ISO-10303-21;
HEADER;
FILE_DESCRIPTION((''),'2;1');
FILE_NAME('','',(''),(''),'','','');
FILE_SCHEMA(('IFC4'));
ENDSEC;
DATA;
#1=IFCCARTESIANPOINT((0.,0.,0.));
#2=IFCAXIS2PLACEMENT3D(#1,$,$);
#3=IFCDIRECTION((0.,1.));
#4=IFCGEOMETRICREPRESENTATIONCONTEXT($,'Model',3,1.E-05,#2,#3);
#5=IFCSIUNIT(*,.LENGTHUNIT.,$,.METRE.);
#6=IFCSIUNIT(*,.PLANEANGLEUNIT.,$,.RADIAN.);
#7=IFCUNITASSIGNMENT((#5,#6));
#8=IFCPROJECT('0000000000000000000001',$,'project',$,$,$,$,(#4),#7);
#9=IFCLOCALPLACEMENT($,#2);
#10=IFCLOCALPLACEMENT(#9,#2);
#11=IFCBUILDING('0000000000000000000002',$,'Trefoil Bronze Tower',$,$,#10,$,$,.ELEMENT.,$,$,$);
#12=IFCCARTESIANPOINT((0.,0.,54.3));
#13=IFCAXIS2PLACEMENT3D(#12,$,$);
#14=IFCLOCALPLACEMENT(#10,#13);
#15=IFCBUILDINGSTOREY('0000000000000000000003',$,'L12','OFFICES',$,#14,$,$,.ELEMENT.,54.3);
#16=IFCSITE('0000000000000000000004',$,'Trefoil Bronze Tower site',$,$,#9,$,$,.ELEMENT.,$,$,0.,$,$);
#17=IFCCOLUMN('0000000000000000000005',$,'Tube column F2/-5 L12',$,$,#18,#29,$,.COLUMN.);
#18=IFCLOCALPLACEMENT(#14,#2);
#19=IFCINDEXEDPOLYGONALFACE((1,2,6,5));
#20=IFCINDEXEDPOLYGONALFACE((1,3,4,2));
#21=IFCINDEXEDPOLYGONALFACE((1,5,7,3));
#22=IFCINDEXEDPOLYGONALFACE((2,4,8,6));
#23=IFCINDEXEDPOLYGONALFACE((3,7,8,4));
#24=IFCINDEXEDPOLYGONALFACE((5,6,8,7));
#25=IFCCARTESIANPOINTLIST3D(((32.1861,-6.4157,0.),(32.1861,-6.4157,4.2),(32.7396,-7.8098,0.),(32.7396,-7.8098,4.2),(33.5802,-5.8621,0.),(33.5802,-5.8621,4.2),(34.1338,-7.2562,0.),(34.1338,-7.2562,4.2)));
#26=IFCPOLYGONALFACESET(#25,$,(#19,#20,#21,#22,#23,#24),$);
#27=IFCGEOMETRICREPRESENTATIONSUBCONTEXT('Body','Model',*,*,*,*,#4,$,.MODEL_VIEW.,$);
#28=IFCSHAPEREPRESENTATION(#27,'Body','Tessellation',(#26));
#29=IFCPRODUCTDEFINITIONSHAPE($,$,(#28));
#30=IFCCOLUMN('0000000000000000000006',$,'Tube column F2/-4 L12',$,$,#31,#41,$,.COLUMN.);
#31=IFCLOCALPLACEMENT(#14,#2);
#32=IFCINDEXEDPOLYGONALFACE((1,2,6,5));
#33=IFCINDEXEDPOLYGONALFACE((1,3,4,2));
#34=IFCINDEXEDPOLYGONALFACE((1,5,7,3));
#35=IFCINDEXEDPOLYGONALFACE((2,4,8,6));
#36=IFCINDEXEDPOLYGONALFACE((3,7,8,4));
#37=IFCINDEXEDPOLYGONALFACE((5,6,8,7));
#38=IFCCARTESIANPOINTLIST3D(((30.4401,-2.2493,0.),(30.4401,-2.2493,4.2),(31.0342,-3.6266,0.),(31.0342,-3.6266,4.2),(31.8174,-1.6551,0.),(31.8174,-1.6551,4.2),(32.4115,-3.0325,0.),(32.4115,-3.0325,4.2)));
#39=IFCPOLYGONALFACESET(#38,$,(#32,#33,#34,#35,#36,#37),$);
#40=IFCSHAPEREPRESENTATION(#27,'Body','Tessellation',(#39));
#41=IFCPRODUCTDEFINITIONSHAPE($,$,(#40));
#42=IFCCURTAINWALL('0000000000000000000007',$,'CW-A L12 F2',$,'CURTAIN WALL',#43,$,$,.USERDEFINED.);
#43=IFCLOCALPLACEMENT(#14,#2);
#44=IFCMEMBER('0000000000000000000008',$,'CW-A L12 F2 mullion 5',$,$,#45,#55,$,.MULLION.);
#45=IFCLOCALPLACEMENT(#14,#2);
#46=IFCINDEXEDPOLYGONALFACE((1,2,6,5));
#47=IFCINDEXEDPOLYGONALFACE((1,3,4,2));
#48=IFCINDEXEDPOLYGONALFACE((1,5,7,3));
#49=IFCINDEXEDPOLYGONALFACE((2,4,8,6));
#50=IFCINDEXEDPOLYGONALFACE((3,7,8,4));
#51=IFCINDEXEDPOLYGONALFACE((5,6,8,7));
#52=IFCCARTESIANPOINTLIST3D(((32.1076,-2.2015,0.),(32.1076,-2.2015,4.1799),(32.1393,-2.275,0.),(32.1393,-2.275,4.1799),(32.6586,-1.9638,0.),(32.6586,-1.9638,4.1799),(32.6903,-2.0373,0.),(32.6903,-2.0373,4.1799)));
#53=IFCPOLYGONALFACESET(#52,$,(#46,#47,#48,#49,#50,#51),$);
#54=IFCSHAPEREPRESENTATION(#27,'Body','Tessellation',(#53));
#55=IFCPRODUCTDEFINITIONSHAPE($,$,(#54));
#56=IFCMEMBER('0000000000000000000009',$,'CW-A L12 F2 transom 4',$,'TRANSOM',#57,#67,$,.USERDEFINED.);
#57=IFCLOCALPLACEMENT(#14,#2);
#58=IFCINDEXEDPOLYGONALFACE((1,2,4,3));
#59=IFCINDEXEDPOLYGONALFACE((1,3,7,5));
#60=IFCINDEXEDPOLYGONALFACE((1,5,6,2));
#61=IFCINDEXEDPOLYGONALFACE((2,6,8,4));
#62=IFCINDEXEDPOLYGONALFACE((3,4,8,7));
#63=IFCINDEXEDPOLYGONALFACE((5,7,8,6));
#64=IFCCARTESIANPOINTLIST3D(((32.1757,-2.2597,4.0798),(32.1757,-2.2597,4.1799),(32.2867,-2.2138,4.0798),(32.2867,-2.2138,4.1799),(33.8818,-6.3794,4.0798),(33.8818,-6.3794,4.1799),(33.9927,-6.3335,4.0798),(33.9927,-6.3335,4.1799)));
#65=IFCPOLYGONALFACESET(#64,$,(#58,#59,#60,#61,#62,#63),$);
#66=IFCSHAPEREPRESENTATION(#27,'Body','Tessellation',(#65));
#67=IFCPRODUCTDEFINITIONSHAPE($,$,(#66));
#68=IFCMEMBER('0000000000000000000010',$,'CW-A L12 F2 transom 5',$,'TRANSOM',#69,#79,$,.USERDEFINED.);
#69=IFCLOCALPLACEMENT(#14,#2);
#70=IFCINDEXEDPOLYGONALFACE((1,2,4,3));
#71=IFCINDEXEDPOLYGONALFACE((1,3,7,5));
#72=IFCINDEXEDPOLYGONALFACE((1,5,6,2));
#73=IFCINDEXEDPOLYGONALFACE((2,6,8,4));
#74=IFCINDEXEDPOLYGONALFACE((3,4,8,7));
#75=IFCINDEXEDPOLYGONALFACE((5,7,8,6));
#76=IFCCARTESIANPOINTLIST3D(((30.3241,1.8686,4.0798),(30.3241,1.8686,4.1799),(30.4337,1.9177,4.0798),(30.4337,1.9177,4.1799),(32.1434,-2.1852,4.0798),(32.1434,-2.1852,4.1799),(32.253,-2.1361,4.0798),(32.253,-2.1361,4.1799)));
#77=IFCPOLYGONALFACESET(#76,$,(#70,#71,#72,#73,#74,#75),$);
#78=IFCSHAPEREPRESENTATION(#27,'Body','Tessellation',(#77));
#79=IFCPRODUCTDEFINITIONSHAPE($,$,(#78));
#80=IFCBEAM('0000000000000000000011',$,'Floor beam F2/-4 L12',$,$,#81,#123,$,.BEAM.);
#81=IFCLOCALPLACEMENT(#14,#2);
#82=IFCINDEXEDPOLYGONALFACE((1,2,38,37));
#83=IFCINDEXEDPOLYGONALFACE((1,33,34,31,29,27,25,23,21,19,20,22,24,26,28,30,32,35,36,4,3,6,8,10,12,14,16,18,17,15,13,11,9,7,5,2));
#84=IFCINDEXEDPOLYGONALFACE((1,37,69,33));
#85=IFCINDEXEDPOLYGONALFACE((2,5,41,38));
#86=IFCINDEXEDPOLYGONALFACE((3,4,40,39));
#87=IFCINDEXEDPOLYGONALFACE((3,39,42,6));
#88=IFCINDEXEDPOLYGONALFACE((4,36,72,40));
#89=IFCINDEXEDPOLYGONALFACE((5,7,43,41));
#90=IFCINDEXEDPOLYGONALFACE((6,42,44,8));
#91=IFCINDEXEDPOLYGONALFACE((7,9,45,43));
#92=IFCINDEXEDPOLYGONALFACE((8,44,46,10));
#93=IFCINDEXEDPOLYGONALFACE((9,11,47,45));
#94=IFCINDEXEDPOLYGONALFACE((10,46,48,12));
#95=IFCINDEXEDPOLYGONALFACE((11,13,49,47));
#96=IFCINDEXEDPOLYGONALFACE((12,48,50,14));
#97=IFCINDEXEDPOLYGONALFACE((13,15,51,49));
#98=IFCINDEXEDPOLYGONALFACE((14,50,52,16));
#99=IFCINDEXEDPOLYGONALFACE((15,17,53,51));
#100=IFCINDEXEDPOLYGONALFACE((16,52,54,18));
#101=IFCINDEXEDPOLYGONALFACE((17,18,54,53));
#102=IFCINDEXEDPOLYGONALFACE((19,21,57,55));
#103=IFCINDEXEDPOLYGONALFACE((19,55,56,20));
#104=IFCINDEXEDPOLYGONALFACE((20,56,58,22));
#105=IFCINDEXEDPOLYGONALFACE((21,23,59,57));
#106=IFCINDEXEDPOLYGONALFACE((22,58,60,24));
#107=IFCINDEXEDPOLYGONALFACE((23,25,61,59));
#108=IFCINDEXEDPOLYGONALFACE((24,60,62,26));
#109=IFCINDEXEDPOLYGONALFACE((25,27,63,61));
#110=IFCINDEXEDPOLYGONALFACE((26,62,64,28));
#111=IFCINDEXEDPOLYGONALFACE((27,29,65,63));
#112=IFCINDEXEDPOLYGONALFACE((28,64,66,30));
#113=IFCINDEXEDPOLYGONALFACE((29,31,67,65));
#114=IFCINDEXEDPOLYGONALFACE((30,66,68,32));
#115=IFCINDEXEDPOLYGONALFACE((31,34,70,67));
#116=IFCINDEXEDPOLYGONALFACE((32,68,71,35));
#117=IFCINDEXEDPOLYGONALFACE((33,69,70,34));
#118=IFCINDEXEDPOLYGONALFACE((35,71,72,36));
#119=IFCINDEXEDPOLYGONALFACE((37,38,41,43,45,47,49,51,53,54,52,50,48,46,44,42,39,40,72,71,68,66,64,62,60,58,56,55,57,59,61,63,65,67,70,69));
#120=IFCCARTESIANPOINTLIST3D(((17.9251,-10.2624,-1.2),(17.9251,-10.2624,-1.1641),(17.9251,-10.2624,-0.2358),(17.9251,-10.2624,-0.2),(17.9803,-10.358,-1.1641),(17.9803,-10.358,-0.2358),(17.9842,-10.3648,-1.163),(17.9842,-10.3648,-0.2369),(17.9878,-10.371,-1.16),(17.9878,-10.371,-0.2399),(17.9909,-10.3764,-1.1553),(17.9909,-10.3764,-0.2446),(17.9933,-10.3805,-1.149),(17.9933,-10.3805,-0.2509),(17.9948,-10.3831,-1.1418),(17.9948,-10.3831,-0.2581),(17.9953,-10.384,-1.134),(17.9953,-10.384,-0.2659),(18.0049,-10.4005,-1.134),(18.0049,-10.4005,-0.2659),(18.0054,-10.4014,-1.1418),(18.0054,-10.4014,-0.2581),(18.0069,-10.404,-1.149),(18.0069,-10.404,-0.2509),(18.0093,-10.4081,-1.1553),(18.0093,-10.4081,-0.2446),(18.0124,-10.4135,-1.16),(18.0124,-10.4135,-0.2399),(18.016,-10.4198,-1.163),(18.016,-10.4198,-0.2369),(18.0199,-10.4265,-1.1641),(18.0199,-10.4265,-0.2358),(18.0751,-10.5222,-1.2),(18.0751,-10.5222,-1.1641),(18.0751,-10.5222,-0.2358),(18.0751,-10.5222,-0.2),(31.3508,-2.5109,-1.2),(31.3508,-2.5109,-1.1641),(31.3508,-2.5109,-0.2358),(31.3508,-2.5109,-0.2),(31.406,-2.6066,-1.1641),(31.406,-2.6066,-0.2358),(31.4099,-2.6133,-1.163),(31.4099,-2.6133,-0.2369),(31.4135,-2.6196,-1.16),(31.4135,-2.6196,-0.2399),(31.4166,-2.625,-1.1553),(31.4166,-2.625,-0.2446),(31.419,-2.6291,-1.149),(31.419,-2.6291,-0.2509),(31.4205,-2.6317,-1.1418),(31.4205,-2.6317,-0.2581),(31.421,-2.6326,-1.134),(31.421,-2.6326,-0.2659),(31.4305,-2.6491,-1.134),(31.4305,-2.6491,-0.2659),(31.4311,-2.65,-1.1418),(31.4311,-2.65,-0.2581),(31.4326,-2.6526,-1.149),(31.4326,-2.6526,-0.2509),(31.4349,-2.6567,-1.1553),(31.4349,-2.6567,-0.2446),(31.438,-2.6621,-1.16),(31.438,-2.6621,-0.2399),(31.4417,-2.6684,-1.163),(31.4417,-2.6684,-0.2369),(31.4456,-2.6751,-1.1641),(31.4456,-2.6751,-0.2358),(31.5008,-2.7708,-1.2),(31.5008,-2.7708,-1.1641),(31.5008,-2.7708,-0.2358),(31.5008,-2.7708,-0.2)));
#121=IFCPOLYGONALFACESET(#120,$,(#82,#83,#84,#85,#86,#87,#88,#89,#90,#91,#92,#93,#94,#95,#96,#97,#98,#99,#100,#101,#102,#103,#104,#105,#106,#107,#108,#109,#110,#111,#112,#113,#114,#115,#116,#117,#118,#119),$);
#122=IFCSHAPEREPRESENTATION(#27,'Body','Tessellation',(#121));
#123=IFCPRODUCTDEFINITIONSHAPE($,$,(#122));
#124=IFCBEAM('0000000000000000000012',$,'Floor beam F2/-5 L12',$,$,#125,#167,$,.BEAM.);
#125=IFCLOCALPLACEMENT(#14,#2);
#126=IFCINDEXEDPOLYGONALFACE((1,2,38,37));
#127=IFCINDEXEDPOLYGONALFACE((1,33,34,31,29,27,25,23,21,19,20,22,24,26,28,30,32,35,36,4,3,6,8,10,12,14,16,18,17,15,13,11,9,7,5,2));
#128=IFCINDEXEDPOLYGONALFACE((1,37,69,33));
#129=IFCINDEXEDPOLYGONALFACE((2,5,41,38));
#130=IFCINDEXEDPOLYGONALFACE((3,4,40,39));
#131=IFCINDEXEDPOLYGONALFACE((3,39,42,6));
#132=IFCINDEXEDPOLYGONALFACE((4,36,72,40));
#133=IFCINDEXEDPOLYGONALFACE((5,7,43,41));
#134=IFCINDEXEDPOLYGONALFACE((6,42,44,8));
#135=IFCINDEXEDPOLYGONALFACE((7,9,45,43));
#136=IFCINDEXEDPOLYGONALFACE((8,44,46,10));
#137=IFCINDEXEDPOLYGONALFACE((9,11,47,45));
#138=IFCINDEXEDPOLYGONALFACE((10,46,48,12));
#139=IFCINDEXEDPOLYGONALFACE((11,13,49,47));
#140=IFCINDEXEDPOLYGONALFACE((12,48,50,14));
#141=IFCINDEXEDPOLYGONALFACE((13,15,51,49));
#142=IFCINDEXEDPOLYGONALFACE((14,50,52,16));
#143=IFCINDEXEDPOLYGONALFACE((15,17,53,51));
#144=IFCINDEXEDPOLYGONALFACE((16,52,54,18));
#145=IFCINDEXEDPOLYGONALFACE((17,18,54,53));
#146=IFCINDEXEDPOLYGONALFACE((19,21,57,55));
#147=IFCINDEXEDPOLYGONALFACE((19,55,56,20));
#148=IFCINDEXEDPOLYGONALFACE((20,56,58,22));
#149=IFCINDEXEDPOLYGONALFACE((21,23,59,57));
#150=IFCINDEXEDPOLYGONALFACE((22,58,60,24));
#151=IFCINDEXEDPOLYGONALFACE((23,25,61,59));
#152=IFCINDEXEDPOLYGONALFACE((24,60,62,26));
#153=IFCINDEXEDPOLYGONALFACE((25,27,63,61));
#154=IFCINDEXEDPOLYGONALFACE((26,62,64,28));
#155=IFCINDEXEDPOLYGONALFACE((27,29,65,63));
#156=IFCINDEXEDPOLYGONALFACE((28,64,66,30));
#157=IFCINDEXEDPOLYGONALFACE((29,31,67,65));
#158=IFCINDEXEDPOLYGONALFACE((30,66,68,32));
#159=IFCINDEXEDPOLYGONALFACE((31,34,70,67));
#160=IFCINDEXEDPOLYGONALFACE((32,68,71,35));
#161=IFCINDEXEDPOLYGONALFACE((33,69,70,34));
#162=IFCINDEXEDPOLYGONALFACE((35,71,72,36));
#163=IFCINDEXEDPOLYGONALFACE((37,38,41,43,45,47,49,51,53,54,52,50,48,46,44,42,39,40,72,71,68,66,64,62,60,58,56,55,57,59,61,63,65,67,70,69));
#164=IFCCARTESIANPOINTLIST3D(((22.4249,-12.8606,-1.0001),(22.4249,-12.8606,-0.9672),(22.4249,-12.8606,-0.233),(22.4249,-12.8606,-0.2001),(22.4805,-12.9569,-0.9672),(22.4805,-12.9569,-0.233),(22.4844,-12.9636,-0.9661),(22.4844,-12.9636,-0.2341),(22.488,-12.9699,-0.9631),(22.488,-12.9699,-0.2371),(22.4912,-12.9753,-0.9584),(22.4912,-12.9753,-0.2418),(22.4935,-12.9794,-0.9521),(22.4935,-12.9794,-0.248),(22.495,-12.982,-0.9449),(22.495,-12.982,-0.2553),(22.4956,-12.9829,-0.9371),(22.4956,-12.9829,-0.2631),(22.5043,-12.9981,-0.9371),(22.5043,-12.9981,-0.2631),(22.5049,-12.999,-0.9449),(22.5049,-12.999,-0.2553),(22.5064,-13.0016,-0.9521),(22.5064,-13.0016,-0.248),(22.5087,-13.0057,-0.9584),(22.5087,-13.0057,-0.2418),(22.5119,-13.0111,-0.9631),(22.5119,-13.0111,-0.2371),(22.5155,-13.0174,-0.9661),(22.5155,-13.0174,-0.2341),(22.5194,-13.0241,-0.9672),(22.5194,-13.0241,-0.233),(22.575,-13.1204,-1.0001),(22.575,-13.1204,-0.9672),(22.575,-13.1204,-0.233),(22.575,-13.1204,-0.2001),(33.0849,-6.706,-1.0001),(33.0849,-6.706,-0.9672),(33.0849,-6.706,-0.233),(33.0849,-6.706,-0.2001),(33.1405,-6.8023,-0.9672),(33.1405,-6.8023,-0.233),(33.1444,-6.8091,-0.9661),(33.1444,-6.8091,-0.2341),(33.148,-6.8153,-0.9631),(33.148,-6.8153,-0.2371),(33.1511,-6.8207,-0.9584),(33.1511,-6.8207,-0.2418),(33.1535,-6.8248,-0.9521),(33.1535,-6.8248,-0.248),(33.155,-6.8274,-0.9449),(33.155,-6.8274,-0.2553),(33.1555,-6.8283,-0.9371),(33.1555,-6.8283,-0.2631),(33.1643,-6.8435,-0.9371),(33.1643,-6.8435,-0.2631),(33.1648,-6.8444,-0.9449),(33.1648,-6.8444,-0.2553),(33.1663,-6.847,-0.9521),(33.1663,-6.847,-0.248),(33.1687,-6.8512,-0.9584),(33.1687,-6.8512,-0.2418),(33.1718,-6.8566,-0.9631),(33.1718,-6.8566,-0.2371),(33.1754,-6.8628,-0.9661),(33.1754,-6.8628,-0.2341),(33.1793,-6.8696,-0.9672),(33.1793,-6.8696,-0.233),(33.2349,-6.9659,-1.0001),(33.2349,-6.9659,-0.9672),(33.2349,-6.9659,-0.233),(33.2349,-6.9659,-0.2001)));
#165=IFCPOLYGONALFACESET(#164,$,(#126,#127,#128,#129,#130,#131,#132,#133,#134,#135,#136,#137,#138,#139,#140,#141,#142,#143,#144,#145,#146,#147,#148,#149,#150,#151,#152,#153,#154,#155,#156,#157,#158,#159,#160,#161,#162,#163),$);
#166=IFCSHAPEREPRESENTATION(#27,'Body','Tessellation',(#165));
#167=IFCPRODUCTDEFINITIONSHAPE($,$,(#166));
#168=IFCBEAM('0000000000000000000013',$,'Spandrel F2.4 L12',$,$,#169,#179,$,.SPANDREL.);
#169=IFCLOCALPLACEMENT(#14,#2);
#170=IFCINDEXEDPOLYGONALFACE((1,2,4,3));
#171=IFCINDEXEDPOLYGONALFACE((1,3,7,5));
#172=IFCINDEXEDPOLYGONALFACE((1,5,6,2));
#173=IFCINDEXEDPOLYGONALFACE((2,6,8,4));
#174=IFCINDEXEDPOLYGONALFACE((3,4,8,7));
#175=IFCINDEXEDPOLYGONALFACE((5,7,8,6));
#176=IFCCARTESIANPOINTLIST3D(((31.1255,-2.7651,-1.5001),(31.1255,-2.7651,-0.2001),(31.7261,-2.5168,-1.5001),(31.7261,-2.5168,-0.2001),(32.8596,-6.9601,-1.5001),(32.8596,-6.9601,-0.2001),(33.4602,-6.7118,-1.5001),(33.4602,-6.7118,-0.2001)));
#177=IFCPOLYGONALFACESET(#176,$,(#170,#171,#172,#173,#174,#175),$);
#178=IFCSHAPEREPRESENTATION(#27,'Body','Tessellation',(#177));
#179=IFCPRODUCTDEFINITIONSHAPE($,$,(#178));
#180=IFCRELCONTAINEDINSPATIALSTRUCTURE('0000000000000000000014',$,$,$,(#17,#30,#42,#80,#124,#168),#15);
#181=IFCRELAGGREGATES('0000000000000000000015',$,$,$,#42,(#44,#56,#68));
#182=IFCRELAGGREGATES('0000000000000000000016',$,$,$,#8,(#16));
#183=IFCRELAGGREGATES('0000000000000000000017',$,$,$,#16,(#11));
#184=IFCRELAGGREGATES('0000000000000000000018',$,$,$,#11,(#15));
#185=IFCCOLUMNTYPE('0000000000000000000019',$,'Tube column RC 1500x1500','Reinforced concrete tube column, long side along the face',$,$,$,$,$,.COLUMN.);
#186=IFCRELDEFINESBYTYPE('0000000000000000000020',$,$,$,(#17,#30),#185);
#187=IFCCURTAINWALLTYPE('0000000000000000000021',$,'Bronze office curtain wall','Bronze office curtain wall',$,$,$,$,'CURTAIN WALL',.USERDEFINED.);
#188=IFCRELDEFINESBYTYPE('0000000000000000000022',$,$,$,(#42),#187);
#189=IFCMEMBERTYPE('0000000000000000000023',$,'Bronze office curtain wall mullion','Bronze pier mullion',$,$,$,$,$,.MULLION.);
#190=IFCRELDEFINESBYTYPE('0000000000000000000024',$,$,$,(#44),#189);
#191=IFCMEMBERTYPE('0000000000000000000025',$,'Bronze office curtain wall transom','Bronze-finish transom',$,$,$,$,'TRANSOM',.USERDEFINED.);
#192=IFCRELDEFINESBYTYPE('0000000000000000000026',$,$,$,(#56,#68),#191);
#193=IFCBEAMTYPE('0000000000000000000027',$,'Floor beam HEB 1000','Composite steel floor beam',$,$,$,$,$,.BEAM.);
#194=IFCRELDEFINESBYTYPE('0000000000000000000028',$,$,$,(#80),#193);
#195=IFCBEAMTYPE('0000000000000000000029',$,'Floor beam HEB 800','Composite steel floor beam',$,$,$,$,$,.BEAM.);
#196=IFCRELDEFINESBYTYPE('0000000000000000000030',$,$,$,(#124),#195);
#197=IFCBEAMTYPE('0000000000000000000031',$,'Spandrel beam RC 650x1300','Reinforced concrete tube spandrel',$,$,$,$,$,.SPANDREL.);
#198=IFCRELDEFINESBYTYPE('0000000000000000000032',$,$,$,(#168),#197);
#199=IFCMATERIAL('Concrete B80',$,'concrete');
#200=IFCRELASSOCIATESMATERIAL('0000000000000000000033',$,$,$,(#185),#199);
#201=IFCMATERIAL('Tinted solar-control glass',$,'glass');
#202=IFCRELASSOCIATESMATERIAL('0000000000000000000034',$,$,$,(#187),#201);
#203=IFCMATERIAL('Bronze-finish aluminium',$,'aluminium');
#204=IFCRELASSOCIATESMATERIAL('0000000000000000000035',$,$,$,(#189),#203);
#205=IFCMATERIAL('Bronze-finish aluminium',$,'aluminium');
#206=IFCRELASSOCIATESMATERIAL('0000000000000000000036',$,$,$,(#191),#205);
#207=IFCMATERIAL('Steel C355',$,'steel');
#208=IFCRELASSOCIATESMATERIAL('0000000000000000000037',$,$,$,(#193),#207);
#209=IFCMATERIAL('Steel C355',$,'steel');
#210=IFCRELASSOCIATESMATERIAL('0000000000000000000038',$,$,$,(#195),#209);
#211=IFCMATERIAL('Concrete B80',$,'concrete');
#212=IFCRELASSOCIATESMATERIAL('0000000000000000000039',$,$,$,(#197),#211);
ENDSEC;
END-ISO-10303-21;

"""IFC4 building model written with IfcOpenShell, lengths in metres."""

from ifc_helpers import new_model, si_unit, direction, frame, origin, origin_2d, place, context, subcontext, project, spatial, rectangle, i_section, extrude, material, material_profile, profile_set, type_object, element, aggregate, save


model = new_model("IFC4")

# Units and contexts
model_context = context("Model", 3, precision=1e-05, world=origin(), true_north=direction((0.0, 1.0)))
body_context = subcontext(model_context, "Body", "Model", "MODEL_VIEW")
ifc_project = project(units=[si_unit("LENGTHUNIT", "METRE"), si_unit("PLANEANGLEUNIT", "RADIAN")], contexts=[model_context])

# Site, building, storey
site_placement = place(None, origin())
site = spatial("IfcSite", under=ifc_project, at=site_placement, Name="Trefoil Bronze Tower site", CompositionType="ELEMENT", RefElevation=0.0)
building_placement = place(site_placement, origin())
building = spatial("IfcBuilding", under=site, at=building_placement, Name="Trefoil Bronze Tower", CompositionType="ELEMENT")
storey_placement = place(building_placement, frame((0.0, 0.0, 54.3)))
storey = spatial("IfcBuildingStorey", under=building, at=storey_placement, Name="L12", Description="OFFICES", CompositionType="ELEMENT", Elevation=54.3)

# Columns
ifc_material_1 = material(Name="Concrete B80", Category="concrete")
ifc_material_profile_1 = material_profile(ifc_material_1, rectangle(XDim=1.5, YDim=1.5, at=origin_2d()), Name="RC 1500x1500")
ifc_profile_set_1 = profile_set([ifc_material_profile_1], Name="Concrete B80")
column_type = type_object("IfcColumnType", Name="Tube column RC 1500x1500", Description="Reinforced concrete tube column, long side along the face", PredefinedType="COLUMN", material=ifc_profile_set_1)
for number, where, z_axis, x_axis, name in (
    (1, (33.1599, -6.8359, 0.0), (0.0, 0.0, 1.0), (-0.36904, 0.929414, 0.0), "Tube column F2/-5 L12"),
    (2, (31.4258, -2.6409, 0.0), (0.0, 0.0, 1.0), (-0.396085, 0.918214, 0.0), "Tube column F2/-4 L12"),
):
    element("IfcColumn", number, at=place(storey_placement, frame(where, z_axis=z_axis, x_axis=x_axis)), inside=storey, type_object=column_type, Name=name, PredefinedType="COLUMN", context=body_context, shape_type="SweptSolid", body=[
        extrude(rectangle(XDim=1.5, YDim=1.5, at=origin_2d()), origin(), (0.0, 0.0, 1.0), 4.2),
    ])

# Curtain wall, members
ifc_material_2 = material(Name="Tinted solar-control glass", Category="glass")
curtain_wall_type = type_object("IfcCurtainWallType", Name="Bronze office curtain wall", Description="Bronze office curtain wall", ElementType="CURTAIN WALL", PredefinedType="USERDEFINED", material=ifc_material_2)
curtain_wall_placement = place(storey_placement, origin())
curtain_wall = element("IfcCurtainWall", 3, at=curtain_wall_placement, inside=storey, type_object=curtain_wall_type, Name="CW-A L12 F2", ObjectType="CURTAIN WALL", PredefinedType="USERDEFINED")
ifc_material_3 = material(Name="Bronze-finish aluminium", Category="aluminium")
ifc_material_profile_2 = material_profile(ifc_material_3, rectangle(XDim=0.6001, YDim=0.0801, at=origin_2d()), Name="CW-A mullion")
ifc_profile_set_2 = profile_set([ifc_material_profile_2], Name="Bronze-finish aluminium")
member_type_1 = type_object("IfcMemberType", Name="Bronze office curtain wall mullion", Description="Bronze pier mullion", PredefinedType="MULLION", material=ifc_profile_set_2)
member_1_placement = place(storey_placement, frame((32.3989, -2.1194, 0.0), z_axis=(0.0, 0.0, 1.0), x_axis=(-0.918214, -0.396085, 0.0)))
member_1 = element("IfcMember", 4, at=member_1_placement, type_object=member_type_1, Name="CW-A L12 F2 mullion 5", PredefinedType="MULLION", context=body_context, shape_type="SweptSolid", body=[
    extrude(rectangle(XDim=0.6001, YDim=0.0801, at=origin_2d()), origin(), (0.0, 0.0, 1.0), 4.1799),
])
ifc_material_4 = material(Name="Bronze-finish aluminium", Category="aluminium")
ifc_material_profile_3 = material_profile(ifc_material_4, rectangle(XDim=0.1201, YDim=0.1001, at=origin_2d()), Name="CW-A transom")
ifc_profile_set_3 = profile_set([ifc_material_profile_3], Name="Bronze-finish aluminium")
member_type_2 = type_object("IfcMemberType", Name="Bronze office curtain wall transom", Description="Bronze-finish transom", ElementType="TRANSOM", PredefinedType="USERDEFINED", material=ifc_profile_set_3)
member_2_placement = place(storey_placement, frame((33.9373, -6.3564, 4.1299), z_axis=(-0.382616, 0.923907, 0.0), x_axis=(-0.923907, -0.382616, 0.0)))
member_2 = element("IfcMember", 5, at=member_2_placement, type_object=member_type_2, Name="CW-A L12 F2 transom 4", ObjectType="TRANSOM", PredefinedType="USERDEFINED", context=body_context, shape_type="SweptSolid", body=[
    extrude(rectangle(XDim=0.1201, YDim=0.1001, at=origin_2d()), origin(), (0.0, 0.0, 1.0), 4.459),
])
member_3_placement = place(storey_placement, frame((32.1982, -2.1606, 4.1299), z_axis=(-0.40946, 0.912328, 0.0), x_axis=(-0.912328, -0.40946, 0.0)))
member_3 = element("IfcMember", 6, at=member_3_placement, type_object=member_type_2, Name="CW-A L12 F2 transom 5", ObjectType="TRANSOM", PredefinedType="USERDEFINED", context=body_context, shape_type="SweptSolid", body=[
    extrude(rectangle(XDim=0.1201, YDim=0.1001, at=origin_2d()), origin(), (0.0, 0.0, 1.0), 4.4434),
])

# Beams
ifc_material_5 = material(Name="Steel C355", Category="steel")
ifc_material_profile_4 = material_profile(ifc_material_5, i_section(OverallWidth=0.3, OverallDepth=1.0, WebThickness=0.019, FlangeThickness=0.0359, FilletRadius=0.03, at=origin_2d()), Name="HEB 1000")
ifc_profile_set_4 = profile_set([ifc_material_profile_4], Name="Steel C355")
beam_type_1 = type_object("IfcBeamType", Name="Floor beam HEB 1000", Description="Composite steel floor beam", PredefinedType="BEAM", material=ifc_profile_set_4)
beam_1_placement = place(storey_placement, frame((31.4258, -2.6409, -0.7), z_axis=(-0.866023, -0.500004, 0.0), x_axis=(0.500004, -0.866023, 0.0)))
element("IfcBeam", 7, at=beam_1_placement, inside=storey, type_object=beam_type_1, Name="Floor beam F2/-4 L12", PredefinedType="BEAM", context=body_context, shape_type="SweptSolid", body=[
    extrude(i_section(OverallWidth=0.3, OverallDepth=1.0, WebThickness=0.019, FlangeThickness=0.0359, FilletRadius=0.03, at=origin_2d()), origin(), (0.0, 0.0, 1.0), 15.5027),
])
ifc_material_6 = material(Name="Steel C355", Category="steel")
ifc_material_profile_5 = material_profile(ifc_material_6, i_section(OverallWidth=0.3, OverallDepth=0.8, WebThickness=0.0176, FlangeThickness=0.033, FilletRadius=0.03, at=origin_2d()), Name="HEB 800")
ifc_profile_set_5 = profile_set([ifc_material_profile_5], Name="Steel C355")
beam_type_2 = type_object("IfcBeamType", Name="Floor beam HEB 800", Description="Composite steel floor beam", PredefinedType="BEAM", material=ifc_profile_set_5)
beam_2_placement = place(storey_placement, frame((33.1599, -6.8359, -0.6001), z_axis=(-0.866024, -0.500002, 0.0), x_axis=(0.500002, -0.866024, 0.0)))
element("IfcBeam", 8, at=beam_2_placement, inside=storey, type_object=beam_type_2, Name="Floor beam F2/-5 L12", PredefinedType="BEAM", context=body_context, shape_type="SweptSolid", body=[
    extrude(i_section(OverallWidth=0.3, OverallDepth=0.8, WebThickness=0.0176, FlangeThickness=0.033, FilletRadius=0.03, at=origin_2d()), origin(), (0.0, 0.0, 1.0), 12.3091),
])
ifc_material_7 = material(Name="Concrete B80", Category="concrete")
ifc_material_profile_6 = material_profile(ifc_material_7, rectangle(XDim=0.6499, YDim=1.3, at=origin_2d()), Name="RC 650x1300")
ifc_profile_set_6 = profile_set([ifc_material_profile_6], Name="Concrete B80")
beam_type_3 = type_object("IfcBeamType", Name="Spandrel beam RC 650x1300", Description="Reinforced concrete tube spandrel", PredefinedType="SPANDREL", material=ifc_profile_set_6)
beam_3_placement = place(storey_placement, frame((33.1599, -6.8359, -0.8501), z_axis=(-0.382021, 0.924154, 0.0), x_axis=(-0.924154, -0.382021, 0.0)))
element("IfcBeam", 9, at=beam_3_placement, inside=storey, type_object=beam_type_3, Name="Spandrel F2.4 L12", PredefinedType="SPANDREL", context=body_context, shape_type="SweptSolid", body=[
    extrude(rectangle(XDim=0.6499, YDim=1.3, at=origin_2d()), origin(), (0.0, 0.0, 1.0), 4.5393),
])

aggregate(curtain_wall, [member_1, member_2, member_3])

save(model, "model.ifc")
